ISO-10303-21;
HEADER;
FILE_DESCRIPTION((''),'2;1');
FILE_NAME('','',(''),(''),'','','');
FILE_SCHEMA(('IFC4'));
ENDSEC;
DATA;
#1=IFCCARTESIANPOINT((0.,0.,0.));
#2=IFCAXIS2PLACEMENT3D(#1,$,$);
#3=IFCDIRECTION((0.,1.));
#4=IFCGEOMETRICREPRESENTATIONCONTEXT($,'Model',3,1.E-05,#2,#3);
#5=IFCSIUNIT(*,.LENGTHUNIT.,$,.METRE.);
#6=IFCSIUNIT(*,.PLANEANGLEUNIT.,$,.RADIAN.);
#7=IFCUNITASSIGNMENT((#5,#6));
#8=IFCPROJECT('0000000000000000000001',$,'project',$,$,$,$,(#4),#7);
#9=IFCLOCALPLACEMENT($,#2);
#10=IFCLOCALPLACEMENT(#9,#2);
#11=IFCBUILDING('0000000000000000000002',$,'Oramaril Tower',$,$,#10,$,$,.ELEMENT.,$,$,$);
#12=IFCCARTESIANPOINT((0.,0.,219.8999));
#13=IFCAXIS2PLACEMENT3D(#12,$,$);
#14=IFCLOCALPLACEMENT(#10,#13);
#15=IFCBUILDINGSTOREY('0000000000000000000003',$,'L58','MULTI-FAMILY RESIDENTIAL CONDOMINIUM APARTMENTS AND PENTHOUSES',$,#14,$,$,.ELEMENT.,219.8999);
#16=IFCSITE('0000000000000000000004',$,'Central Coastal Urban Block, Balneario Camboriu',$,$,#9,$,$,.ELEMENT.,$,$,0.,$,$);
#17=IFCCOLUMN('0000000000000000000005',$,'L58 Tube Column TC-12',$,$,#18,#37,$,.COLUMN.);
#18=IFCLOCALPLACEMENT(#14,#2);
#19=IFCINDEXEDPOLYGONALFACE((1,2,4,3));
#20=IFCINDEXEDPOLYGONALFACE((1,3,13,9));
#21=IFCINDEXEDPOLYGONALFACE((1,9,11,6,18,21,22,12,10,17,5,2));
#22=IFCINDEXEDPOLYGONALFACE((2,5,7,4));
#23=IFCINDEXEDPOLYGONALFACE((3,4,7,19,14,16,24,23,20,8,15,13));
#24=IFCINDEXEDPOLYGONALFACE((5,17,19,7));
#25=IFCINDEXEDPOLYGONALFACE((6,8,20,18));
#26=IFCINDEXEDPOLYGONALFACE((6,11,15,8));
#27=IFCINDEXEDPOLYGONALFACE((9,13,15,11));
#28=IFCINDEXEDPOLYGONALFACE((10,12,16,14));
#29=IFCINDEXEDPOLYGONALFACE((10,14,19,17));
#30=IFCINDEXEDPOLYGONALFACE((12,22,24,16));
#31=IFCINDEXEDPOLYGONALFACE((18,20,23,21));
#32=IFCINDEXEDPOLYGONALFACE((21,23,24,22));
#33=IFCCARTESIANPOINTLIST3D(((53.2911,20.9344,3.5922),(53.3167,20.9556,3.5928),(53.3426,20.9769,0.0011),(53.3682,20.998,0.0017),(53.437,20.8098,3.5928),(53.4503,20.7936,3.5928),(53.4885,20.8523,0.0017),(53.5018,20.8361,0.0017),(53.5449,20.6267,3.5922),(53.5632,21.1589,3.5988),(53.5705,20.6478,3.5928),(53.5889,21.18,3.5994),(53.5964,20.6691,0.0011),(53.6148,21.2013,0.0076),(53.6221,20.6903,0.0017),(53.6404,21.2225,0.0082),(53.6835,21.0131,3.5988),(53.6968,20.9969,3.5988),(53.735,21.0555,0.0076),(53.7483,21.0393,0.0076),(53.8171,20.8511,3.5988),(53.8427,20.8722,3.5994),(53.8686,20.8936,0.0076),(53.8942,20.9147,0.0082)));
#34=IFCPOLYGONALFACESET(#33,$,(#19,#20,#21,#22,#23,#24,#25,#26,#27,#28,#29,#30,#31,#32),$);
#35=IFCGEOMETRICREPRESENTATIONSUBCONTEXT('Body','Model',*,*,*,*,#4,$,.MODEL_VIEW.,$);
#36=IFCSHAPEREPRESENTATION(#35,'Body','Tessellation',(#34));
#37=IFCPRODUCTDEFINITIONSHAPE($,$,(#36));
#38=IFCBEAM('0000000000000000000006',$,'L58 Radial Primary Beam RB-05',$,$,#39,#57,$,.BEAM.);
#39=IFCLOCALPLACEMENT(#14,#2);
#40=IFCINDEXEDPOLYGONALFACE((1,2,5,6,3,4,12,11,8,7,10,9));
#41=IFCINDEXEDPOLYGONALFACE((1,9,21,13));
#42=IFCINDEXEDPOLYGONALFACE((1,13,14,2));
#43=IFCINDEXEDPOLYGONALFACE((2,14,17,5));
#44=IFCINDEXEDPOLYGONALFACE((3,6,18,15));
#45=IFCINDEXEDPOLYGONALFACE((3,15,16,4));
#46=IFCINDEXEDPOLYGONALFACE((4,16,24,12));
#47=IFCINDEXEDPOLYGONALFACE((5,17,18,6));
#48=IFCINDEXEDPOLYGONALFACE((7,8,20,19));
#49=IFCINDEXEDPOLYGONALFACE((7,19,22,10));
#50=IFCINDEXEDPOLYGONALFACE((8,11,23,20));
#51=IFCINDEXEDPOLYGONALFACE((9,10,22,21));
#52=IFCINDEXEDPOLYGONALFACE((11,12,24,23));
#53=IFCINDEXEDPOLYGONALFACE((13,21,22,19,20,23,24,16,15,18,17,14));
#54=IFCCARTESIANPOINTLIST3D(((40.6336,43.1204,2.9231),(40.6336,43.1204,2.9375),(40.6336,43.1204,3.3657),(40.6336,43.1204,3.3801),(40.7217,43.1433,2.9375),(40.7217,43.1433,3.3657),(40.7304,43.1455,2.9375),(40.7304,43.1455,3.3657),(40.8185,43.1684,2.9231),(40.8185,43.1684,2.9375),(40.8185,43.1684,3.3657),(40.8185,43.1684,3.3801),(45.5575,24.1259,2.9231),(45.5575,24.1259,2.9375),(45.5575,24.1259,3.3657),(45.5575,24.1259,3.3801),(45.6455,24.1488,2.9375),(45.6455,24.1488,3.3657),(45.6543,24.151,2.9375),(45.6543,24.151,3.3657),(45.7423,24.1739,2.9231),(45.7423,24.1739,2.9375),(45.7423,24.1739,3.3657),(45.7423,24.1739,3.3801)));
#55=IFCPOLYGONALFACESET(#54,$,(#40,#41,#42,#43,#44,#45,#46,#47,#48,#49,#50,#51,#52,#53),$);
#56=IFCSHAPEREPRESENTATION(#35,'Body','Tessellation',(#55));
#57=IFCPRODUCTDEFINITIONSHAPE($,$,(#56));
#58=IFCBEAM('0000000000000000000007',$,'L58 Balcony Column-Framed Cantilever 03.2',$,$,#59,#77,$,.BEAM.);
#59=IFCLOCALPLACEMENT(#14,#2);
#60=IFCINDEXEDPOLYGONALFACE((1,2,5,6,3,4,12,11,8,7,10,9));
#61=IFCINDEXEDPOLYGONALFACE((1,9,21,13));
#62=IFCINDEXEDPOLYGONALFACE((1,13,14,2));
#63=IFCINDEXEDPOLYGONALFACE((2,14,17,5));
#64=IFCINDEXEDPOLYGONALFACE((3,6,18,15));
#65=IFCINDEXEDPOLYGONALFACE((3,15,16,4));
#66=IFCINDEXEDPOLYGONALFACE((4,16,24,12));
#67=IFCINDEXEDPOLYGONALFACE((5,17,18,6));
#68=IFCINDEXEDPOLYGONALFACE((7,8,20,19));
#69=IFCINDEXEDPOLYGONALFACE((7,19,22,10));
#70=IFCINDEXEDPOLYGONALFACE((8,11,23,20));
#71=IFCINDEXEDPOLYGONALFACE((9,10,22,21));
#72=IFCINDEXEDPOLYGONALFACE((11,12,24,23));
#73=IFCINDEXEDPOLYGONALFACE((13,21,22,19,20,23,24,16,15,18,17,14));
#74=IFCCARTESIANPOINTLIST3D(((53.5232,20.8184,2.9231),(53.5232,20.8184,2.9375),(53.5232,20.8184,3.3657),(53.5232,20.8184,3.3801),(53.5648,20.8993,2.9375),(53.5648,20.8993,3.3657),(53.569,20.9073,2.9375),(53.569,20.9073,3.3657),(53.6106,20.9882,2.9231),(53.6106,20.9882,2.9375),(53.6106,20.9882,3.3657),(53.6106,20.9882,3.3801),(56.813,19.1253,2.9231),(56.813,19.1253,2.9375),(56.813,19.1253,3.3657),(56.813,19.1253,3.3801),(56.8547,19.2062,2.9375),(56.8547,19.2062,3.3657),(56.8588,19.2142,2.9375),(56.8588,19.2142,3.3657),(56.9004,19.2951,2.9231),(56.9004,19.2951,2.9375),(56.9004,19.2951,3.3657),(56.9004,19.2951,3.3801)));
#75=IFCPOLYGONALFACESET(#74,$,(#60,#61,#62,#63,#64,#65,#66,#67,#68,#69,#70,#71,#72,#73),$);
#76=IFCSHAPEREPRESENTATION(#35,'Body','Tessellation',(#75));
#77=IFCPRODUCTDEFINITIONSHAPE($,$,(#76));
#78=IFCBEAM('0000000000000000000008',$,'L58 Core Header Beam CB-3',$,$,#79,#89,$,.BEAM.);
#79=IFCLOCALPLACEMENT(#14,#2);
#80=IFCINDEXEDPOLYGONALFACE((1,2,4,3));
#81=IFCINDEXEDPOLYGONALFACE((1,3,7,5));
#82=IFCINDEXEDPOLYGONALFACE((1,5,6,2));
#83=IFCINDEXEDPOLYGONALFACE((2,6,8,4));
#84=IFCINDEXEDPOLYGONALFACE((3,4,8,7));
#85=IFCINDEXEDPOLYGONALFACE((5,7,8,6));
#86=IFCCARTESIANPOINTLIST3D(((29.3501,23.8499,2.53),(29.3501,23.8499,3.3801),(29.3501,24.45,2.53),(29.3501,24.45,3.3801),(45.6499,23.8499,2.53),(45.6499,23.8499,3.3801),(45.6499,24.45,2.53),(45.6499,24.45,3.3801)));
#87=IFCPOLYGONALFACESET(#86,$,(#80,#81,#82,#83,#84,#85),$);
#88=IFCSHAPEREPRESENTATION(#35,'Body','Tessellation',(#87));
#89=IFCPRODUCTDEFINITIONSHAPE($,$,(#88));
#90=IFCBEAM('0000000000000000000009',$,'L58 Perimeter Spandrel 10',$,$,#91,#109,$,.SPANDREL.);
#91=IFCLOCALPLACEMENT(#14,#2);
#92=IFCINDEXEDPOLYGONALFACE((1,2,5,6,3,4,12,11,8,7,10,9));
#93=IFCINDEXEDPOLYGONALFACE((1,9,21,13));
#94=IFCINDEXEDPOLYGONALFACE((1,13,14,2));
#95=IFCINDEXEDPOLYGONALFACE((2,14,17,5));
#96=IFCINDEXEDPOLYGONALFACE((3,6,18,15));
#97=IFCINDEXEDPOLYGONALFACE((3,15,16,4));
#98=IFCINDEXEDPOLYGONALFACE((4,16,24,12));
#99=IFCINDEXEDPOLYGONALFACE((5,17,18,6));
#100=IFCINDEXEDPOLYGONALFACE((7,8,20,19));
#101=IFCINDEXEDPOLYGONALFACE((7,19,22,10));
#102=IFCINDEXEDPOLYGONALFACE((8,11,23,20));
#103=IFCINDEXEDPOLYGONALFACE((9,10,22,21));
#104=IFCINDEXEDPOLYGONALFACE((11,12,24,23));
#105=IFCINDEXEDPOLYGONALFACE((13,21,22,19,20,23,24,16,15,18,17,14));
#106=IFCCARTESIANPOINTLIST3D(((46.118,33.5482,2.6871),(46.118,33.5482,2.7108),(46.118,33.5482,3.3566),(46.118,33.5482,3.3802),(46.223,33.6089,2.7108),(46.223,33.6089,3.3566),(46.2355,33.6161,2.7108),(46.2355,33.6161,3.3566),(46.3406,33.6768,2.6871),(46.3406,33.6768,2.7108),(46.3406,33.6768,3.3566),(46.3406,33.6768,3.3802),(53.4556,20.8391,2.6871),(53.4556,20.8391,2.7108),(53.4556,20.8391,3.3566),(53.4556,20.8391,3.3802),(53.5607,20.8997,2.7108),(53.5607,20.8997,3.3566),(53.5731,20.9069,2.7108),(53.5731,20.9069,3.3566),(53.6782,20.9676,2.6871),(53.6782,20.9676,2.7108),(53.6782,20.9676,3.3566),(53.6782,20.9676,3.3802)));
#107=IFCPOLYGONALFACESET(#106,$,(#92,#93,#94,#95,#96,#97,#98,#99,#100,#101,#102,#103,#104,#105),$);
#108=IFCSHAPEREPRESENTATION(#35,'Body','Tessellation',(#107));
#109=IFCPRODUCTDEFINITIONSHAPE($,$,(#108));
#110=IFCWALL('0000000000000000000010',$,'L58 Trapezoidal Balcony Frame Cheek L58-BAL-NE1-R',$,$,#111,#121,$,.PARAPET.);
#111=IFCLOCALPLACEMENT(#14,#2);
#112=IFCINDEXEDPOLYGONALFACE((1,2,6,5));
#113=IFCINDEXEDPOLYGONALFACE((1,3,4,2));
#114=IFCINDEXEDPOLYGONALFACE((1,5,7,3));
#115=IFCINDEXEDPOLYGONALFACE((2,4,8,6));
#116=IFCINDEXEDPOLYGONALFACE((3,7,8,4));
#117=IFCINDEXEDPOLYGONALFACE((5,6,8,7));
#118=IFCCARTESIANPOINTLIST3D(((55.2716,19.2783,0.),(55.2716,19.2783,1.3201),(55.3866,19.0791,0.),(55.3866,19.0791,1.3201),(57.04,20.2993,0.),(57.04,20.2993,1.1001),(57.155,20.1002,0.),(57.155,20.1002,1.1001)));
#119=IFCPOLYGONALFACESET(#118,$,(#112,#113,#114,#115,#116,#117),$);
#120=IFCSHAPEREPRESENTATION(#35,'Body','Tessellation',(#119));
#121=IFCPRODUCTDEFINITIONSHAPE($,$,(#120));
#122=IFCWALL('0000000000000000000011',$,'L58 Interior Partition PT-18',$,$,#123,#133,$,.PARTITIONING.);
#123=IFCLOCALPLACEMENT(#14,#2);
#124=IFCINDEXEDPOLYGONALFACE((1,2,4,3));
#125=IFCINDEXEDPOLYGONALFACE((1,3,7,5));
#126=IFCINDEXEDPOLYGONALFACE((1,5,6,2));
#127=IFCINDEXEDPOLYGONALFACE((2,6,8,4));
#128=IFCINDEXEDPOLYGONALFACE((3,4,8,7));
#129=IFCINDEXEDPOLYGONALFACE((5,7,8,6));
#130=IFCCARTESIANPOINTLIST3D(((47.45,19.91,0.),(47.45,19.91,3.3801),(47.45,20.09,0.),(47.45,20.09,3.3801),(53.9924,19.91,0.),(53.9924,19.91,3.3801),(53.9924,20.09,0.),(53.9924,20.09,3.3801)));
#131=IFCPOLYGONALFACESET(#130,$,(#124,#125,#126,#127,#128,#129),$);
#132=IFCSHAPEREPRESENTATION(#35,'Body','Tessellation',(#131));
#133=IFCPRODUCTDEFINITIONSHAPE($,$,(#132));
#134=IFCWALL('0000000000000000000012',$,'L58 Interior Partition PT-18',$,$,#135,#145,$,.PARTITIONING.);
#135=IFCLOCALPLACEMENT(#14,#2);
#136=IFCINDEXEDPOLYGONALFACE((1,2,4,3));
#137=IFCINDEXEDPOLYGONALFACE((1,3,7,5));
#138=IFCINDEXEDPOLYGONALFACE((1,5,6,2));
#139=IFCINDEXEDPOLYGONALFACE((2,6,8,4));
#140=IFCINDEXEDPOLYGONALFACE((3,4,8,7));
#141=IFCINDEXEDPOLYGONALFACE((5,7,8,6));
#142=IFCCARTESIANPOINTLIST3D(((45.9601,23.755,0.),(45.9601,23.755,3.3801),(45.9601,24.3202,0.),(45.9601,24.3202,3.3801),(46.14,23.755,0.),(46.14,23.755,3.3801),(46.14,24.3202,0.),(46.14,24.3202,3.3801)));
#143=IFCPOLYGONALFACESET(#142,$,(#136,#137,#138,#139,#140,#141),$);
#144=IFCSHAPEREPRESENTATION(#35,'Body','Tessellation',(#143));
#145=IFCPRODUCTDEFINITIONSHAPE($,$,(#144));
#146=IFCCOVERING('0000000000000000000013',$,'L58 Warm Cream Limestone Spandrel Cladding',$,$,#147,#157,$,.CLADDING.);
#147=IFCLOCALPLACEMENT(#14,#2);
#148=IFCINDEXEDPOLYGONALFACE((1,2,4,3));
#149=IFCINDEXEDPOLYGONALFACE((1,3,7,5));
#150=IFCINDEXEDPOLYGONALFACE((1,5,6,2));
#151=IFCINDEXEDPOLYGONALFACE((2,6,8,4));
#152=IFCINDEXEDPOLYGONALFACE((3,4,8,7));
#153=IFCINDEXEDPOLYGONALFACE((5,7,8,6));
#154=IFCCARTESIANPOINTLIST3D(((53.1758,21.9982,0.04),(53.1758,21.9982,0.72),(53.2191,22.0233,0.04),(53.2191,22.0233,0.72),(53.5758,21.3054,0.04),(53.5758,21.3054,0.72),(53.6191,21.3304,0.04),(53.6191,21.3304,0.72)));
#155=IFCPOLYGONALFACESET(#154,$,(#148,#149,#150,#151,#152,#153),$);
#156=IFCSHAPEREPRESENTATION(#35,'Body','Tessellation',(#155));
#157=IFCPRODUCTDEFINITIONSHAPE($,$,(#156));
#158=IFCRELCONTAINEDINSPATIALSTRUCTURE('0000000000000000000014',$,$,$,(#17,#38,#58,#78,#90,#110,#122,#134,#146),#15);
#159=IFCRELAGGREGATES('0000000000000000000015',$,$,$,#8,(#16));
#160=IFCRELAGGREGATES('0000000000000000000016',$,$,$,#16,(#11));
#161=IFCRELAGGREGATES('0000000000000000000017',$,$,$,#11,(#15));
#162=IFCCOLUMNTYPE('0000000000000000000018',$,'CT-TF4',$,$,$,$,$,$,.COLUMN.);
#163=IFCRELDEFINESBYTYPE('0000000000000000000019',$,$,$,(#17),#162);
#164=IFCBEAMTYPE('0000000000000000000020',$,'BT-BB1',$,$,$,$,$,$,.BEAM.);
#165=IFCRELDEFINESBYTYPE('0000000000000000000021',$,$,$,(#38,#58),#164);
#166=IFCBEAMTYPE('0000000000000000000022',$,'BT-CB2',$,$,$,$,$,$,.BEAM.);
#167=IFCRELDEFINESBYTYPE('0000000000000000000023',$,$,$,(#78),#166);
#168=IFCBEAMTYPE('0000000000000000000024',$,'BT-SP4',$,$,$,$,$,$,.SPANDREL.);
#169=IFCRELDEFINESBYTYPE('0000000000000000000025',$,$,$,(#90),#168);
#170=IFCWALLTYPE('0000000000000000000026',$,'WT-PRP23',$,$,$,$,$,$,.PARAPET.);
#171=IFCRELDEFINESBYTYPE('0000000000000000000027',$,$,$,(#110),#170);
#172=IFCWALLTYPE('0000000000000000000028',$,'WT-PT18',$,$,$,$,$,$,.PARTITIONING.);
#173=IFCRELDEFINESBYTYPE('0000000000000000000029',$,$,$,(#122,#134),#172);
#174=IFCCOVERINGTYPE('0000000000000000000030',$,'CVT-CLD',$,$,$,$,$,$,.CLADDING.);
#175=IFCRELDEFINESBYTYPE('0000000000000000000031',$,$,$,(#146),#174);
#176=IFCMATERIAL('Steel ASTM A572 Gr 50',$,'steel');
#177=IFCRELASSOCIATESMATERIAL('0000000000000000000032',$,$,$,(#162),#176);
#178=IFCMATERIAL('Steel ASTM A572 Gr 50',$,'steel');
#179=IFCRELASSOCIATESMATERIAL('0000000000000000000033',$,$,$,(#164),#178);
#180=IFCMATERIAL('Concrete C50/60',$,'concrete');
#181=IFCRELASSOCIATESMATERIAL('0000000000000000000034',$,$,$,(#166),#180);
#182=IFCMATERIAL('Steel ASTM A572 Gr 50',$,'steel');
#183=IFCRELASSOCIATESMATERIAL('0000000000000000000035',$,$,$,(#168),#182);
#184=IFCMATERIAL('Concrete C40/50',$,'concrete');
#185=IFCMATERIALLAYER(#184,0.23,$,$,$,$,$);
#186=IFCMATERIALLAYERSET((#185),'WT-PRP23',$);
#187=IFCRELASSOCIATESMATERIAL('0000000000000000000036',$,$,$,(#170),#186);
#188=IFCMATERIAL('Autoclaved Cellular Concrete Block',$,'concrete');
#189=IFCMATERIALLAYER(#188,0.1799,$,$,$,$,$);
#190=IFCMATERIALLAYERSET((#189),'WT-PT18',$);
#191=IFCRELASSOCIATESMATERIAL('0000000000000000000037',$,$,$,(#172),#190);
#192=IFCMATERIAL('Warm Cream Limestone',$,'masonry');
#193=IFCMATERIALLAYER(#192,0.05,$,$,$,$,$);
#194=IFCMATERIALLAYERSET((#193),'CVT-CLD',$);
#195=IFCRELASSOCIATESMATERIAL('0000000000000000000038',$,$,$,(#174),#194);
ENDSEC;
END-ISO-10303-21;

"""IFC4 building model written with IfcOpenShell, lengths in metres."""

from ifc_helpers import new_model, si_unit, direction, frame, frame_2d, origin, origin_2d, place, context, subcontext, project, spatial, polyline, rectangle, i_section, outline, extrude, material, layer, layer_set, material_profile, profile_set, type_object, element, save


model = new_model("IFC4")

# Units and contexts
model_context = context("Model", 3, precision=1e-05, world=origin(), true_north=direction((0.0, 1.0)))
body_context = subcontext(model_context, "Body", "Model", "MODEL_VIEW")
ifc_project = project(units=[si_unit("LENGTHUNIT", "METRE"), si_unit("PLANEANGLEUNIT", "RADIAN")], contexts=[model_context])

# Site, building, storey
site_placement = place(None, origin())
site = spatial("IfcSite", under=ifc_project, at=site_placement, Name="Central Coastal Urban Block, Balneario Camboriu", CompositionType="ELEMENT", RefElevation=0.0)
building_placement = place(site_placement, origin())
building = spatial("IfcBuilding", under=site, at=building_placement, Name="Oramaril Tower", CompositionType="ELEMENT")
storey_placement = place(building_placement, frame((0.0, 0.0, 219.8999)))
storey = spatial("IfcBuildingStorey", under=building, at=storey_placement, Name="L58", Description="MULTI-FAMILY RESIDENTIAL CONDOMINIUM APARTMENTS AND PENTHOUSES", CompositionType="ELEMENT", Elevation=219.8999)

# Column
ifc_material_1 = material(Name="Steel ASTM A572 Gr 50", Category="steel")
ifc_material_profile_1 = material_profile(ifc_material_1, i_section(OverallWidth=0.3989, OverallDepth=0.386, WebThickness=0.021, FlangeThickness=0.0332, at=origin_2d()), Name="W14X176")
ifc_profile_set_1 = profile_set([ifc_material_profile_1], Name="Steel ASTM A572 Gr 50")
column_type = type_object("IfcColumnType", Name="CT-TF4", PredefinedType="COLUMN", material=ifc_profile_set_1)
column_placement = place(storey_placement, frame((53.6184, 20.9458, 0.0046), z_axis=(-0.014342, -0.011827, 0.999827), x_axis=(0.63622, -0.771508, 0.0)))
element("IfcColumn", 1, at=column_placement, inside=storey, type_object=column_type, Name="L58 Tube Column TC-12", PredefinedType="COLUMN", context=body_context, shape_type="SweptSolid", body=[
    extrude(i_section(OverallWidth=0.3989, OverallDepth=0.386, WebThickness=0.021, FlangeThickness=0.0332, at=origin_2d()), origin(), (0.0, 0.0, 1.0), 3.5918),
])

# Beams
ifc_material_2 = material(Name="Steel ASTM A572 Gr 50", Category="steel")
ifc_material_profile_2 = material_profile(ifc_material_2, i_section(OverallWidth=0.1909, OverallDepth=0.457, WebThickness=0.009, FlangeThickness=0.0144, at=origin_2d()), Name="W18X50")
ifc_profile_set_2 = profile_set([ifc_material_profile_2], Name="Steel ASTM A572 Gr 50")
beam_type_1 = type_object("IfcBeamType", Name="BT-BB1", PredefinedType="BEAM", material=ifc_profile_set_2)
beam_1_placement = place(storey_placement, frame((45.6499, 24.1499, 3.1516), z_axis=(-0.250932, 0.968005, 0.0), x_axis=(-0.968005, -0.250932, 0.0)))
element("IfcBeam", 2, at=beam_1_placement, inside=storey, type_object=beam_type_1, Name="L58 Radial Primary Beam RB-05", PredefinedType="BEAM", context=body_context, shape_type="SweptSolid", body=[
    extrude(i_section(OverallWidth=0.1909, OverallDepth=0.457, WebThickness=0.009, FlangeThickness=0.0144, at=origin_2d()), origin(), (0.0, 0.0, 1.0), 19.6223),
])
beam_2_placement = place(storey_placement, frame((53.5669, 20.9033, 3.1516), z_axis=(0.889154, -0.457609, 0.0), x_axis=(0.457609, 0.889154, 0.0)))
element("IfcBeam", 3, at=beam_2_placement, inside=storey, type_object=beam_type_1, Name="L58 Balcony Column-Framed Cantilever 03.2", PredefinedType="BEAM", context=body_context, shape_type="SweptSolid", body=[
    extrude(i_section(OverallWidth=0.1909, OverallDepth=0.457, WebThickness=0.009, FlangeThickness=0.0144, at=origin_2d()), origin(), (0.0, 0.0, 1.0), 3.7),
])
ifc_material_3 = material(Name="Concrete C50/60", Category="concrete")
ifc_material_profile_3 = material_profile(ifc_material_3, rectangle(XDim=0.6001, YDim=0.8501, at=origin_2d()), Name="CB600X850")
ifc_profile_set_3 = profile_set([ifc_material_profile_3], Name="Concrete C50/60")
beam_type_2 = type_object("IfcBeamType", Name="BT-CB2", PredefinedType="BEAM", material=ifc_profile_set_3)
beam_3_placement = place(storey_placement, frame((45.6499, 24.1499, 2.9551), z_axis=(-1.0, 0.0, 0.0), x_axis=(0.0, -1.0, 0.0)))
element("IfcBeam", 4, at=beam_3_placement, inside=storey, type_object=beam_type_2, Name="L58 Core Header Beam CB-3", PredefinedType="BEAM", context=body_context, shape_type="SweptSolid", body=[
    extrude(rectangle(XDim=0.6001, YDim=0.8501, at=origin_2d()), origin(), (0.0, 0.0, 1.0), 16.2998),
])
ifc_material_4 = material(Name="Steel ASTM A572 Gr 50", Category="steel")
ifc_material_profile_4 = material_profile(ifc_material_4, i_section(OverallWidth=0.2571, OverallDepth=0.6931, WebThickness=0.0144, FlangeThickness=0.0237, at=origin_2d()), Name="W27X114")
ifc_profile_set_4 = profile_set([ifc_material_profile_4], Name="Steel ASTM A572 Gr 50")
beam_type_3 = type_object("IfcBeamType", Name="BT-SP4", PredefinedType="SPANDREL", material=ifc_profile_set_4)
beam_4_placement = place(storey_placement, frame((53.5669, 20.9033, 3.0337), z_axis=(-0.499998, 0.866026, 0.0), x_axis=(-0.866026, -0.499998, 0.0)))
element("IfcBeam", 5, at=beam_4_placement, inside=storey, type_object=beam_type_3, Name="L58 Perimeter Spandrel 10", PredefinedType="SPANDREL", context=body_context, shape_type="SweptSolid", body=[
    extrude(i_section(OverallWidth=0.2571, OverallDepth=0.6931, WebThickness=0.0144, FlangeThickness=0.0237, at=origin_2d()), origin(), (0.0, 0.0, 1.0), 14.6753),
])

# Walls
ifc_material_5 = material(Name="Concrete C40/50", Category="concrete")
ifc_layer_1 = layer(ifc_material_5, 0.23)
ifc_layer_set_1 = layer_set([ifc_layer_1], Name="WT-PRP23")
wall_type_1 = type_object("IfcWallType", Name="WT-PRP23", PredefinedType="PARAPET", material=ifc_layer_set_1)
wall_1_placement = place(storey_placement, frame((55.3291, 19.1787, 0.0), z_axis=(0.0, 0.0, 1.0), x_axis=(0.866012, 0.500023, 0.0)))
element("IfcWall", 6, at=wall_1_placement, inside=storey, type_object=wall_type_1, Name="L58 Trapezoidal Balcony Frame Cheek L58-BAL-NE1-R", PredefinedType="PARAPET", context=body_context, shape_type="SweptSolid", body=[
    extrude(outline(polyline([(0.0, 0.0), (2.042, 0.0), (2.042, 1.1001), (0.0, 1.3201), (0.0, 0.0)])), frame((0.0, 0.115, 0.0), z_axis=(0.0, -1.0, 0.0), x_axis=(1.0, 0.0, 0.0)), (0.0, 0.0, 1.0), 0.23),
])
ifc_material_6 = material(Name="Autoclaved Cellular Concrete Block", Category="concrete")
ifc_layer_2 = layer(ifc_material_6, 0.1799)
ifc_layer_set_2 = layer_set([ifc_layer_2], Name="WT-PT18")
wall_type_2 = type_object("IfcWallType", Name="WT-PT18", PredefinedType="PARTITIONING", material=ifc_layer_set_2)
wall_2_placement = place(storey_placement, frame((47.45, 20.0, 0.0), z_axis=(0.0, 0.0, 1.0), x_axis=(1.0, 0.0, 0.0)))
element("IfcWall", 7, at=wall_2_placement, inside=storey, type_object=wall_type_2, Name="L58 Interior Partition PT-18", PredefinedType="PARTITIONING", context=body_context, shape_type="SweptSolid", body=[
    extrude(rectangle(XDim=6.5425, YDim=0.1799, at=frame_2d((3.2712, 0.0))), origin(), (0.0, 0.0, 1.0), 3.3801),
])
wall_3_placement = place(storey_placement, frame((46.05, 23.7549, 0.0), z_axis=(0.0, 0.0, 1.0), x_axis=(0.0, 1.0, 0.0)))
element("IfcWall", 8, at=wall_3_placement, inside=storey, type_object=wall_type_2, Name="L58 Interior Partition PT-18", PredefinedType="PARTITIONING", context=body_context, shape_type="SweptSolid", body=[
    extrude(rectangle(XDim=0.5652, YDim=0.1799, at=frame_2d((0.2827, 0.0))), origin(), (0.0, 0.0, 1.0), 3.3801),
])

# Covering
ifc_material_7 = material(Name="Warm Cream Limestone", Category="masonry")
ifc_layer_3 = layer(ifc_material_7, 0.05)
ifc_layer_set_3 = layer_set([ifc_layer_3], Name="CVT-CLD")
covering_type = type_object("IfcCoveringType", Name="CVT-CLD", PredefinedType="CLADDING", material=ifc_layer_set_3)
covering_placement = place(storey_placement, frame((53.3975, 21.6643, 0.04), z_axis=(0.0, 0.0, 1.0), x_axis=(-0.499998, 0.866026, 0.0)))
element("IfcCovering", 9, at=covering_placement, inside=storey, type_object=covering_type, Name="L58 Warm Cream Limestone Spandrel Cladding", PredefinedType="CLADDING", context=body_context, shape_type="SweptSolid", body=[
    extrude(rectangle(XDim=0.8, YDim=0.05, at=origin_2d()), origin(), (0.0, 0.0, 1.0), 0.6799),
])

save(model, "model.ifc")
